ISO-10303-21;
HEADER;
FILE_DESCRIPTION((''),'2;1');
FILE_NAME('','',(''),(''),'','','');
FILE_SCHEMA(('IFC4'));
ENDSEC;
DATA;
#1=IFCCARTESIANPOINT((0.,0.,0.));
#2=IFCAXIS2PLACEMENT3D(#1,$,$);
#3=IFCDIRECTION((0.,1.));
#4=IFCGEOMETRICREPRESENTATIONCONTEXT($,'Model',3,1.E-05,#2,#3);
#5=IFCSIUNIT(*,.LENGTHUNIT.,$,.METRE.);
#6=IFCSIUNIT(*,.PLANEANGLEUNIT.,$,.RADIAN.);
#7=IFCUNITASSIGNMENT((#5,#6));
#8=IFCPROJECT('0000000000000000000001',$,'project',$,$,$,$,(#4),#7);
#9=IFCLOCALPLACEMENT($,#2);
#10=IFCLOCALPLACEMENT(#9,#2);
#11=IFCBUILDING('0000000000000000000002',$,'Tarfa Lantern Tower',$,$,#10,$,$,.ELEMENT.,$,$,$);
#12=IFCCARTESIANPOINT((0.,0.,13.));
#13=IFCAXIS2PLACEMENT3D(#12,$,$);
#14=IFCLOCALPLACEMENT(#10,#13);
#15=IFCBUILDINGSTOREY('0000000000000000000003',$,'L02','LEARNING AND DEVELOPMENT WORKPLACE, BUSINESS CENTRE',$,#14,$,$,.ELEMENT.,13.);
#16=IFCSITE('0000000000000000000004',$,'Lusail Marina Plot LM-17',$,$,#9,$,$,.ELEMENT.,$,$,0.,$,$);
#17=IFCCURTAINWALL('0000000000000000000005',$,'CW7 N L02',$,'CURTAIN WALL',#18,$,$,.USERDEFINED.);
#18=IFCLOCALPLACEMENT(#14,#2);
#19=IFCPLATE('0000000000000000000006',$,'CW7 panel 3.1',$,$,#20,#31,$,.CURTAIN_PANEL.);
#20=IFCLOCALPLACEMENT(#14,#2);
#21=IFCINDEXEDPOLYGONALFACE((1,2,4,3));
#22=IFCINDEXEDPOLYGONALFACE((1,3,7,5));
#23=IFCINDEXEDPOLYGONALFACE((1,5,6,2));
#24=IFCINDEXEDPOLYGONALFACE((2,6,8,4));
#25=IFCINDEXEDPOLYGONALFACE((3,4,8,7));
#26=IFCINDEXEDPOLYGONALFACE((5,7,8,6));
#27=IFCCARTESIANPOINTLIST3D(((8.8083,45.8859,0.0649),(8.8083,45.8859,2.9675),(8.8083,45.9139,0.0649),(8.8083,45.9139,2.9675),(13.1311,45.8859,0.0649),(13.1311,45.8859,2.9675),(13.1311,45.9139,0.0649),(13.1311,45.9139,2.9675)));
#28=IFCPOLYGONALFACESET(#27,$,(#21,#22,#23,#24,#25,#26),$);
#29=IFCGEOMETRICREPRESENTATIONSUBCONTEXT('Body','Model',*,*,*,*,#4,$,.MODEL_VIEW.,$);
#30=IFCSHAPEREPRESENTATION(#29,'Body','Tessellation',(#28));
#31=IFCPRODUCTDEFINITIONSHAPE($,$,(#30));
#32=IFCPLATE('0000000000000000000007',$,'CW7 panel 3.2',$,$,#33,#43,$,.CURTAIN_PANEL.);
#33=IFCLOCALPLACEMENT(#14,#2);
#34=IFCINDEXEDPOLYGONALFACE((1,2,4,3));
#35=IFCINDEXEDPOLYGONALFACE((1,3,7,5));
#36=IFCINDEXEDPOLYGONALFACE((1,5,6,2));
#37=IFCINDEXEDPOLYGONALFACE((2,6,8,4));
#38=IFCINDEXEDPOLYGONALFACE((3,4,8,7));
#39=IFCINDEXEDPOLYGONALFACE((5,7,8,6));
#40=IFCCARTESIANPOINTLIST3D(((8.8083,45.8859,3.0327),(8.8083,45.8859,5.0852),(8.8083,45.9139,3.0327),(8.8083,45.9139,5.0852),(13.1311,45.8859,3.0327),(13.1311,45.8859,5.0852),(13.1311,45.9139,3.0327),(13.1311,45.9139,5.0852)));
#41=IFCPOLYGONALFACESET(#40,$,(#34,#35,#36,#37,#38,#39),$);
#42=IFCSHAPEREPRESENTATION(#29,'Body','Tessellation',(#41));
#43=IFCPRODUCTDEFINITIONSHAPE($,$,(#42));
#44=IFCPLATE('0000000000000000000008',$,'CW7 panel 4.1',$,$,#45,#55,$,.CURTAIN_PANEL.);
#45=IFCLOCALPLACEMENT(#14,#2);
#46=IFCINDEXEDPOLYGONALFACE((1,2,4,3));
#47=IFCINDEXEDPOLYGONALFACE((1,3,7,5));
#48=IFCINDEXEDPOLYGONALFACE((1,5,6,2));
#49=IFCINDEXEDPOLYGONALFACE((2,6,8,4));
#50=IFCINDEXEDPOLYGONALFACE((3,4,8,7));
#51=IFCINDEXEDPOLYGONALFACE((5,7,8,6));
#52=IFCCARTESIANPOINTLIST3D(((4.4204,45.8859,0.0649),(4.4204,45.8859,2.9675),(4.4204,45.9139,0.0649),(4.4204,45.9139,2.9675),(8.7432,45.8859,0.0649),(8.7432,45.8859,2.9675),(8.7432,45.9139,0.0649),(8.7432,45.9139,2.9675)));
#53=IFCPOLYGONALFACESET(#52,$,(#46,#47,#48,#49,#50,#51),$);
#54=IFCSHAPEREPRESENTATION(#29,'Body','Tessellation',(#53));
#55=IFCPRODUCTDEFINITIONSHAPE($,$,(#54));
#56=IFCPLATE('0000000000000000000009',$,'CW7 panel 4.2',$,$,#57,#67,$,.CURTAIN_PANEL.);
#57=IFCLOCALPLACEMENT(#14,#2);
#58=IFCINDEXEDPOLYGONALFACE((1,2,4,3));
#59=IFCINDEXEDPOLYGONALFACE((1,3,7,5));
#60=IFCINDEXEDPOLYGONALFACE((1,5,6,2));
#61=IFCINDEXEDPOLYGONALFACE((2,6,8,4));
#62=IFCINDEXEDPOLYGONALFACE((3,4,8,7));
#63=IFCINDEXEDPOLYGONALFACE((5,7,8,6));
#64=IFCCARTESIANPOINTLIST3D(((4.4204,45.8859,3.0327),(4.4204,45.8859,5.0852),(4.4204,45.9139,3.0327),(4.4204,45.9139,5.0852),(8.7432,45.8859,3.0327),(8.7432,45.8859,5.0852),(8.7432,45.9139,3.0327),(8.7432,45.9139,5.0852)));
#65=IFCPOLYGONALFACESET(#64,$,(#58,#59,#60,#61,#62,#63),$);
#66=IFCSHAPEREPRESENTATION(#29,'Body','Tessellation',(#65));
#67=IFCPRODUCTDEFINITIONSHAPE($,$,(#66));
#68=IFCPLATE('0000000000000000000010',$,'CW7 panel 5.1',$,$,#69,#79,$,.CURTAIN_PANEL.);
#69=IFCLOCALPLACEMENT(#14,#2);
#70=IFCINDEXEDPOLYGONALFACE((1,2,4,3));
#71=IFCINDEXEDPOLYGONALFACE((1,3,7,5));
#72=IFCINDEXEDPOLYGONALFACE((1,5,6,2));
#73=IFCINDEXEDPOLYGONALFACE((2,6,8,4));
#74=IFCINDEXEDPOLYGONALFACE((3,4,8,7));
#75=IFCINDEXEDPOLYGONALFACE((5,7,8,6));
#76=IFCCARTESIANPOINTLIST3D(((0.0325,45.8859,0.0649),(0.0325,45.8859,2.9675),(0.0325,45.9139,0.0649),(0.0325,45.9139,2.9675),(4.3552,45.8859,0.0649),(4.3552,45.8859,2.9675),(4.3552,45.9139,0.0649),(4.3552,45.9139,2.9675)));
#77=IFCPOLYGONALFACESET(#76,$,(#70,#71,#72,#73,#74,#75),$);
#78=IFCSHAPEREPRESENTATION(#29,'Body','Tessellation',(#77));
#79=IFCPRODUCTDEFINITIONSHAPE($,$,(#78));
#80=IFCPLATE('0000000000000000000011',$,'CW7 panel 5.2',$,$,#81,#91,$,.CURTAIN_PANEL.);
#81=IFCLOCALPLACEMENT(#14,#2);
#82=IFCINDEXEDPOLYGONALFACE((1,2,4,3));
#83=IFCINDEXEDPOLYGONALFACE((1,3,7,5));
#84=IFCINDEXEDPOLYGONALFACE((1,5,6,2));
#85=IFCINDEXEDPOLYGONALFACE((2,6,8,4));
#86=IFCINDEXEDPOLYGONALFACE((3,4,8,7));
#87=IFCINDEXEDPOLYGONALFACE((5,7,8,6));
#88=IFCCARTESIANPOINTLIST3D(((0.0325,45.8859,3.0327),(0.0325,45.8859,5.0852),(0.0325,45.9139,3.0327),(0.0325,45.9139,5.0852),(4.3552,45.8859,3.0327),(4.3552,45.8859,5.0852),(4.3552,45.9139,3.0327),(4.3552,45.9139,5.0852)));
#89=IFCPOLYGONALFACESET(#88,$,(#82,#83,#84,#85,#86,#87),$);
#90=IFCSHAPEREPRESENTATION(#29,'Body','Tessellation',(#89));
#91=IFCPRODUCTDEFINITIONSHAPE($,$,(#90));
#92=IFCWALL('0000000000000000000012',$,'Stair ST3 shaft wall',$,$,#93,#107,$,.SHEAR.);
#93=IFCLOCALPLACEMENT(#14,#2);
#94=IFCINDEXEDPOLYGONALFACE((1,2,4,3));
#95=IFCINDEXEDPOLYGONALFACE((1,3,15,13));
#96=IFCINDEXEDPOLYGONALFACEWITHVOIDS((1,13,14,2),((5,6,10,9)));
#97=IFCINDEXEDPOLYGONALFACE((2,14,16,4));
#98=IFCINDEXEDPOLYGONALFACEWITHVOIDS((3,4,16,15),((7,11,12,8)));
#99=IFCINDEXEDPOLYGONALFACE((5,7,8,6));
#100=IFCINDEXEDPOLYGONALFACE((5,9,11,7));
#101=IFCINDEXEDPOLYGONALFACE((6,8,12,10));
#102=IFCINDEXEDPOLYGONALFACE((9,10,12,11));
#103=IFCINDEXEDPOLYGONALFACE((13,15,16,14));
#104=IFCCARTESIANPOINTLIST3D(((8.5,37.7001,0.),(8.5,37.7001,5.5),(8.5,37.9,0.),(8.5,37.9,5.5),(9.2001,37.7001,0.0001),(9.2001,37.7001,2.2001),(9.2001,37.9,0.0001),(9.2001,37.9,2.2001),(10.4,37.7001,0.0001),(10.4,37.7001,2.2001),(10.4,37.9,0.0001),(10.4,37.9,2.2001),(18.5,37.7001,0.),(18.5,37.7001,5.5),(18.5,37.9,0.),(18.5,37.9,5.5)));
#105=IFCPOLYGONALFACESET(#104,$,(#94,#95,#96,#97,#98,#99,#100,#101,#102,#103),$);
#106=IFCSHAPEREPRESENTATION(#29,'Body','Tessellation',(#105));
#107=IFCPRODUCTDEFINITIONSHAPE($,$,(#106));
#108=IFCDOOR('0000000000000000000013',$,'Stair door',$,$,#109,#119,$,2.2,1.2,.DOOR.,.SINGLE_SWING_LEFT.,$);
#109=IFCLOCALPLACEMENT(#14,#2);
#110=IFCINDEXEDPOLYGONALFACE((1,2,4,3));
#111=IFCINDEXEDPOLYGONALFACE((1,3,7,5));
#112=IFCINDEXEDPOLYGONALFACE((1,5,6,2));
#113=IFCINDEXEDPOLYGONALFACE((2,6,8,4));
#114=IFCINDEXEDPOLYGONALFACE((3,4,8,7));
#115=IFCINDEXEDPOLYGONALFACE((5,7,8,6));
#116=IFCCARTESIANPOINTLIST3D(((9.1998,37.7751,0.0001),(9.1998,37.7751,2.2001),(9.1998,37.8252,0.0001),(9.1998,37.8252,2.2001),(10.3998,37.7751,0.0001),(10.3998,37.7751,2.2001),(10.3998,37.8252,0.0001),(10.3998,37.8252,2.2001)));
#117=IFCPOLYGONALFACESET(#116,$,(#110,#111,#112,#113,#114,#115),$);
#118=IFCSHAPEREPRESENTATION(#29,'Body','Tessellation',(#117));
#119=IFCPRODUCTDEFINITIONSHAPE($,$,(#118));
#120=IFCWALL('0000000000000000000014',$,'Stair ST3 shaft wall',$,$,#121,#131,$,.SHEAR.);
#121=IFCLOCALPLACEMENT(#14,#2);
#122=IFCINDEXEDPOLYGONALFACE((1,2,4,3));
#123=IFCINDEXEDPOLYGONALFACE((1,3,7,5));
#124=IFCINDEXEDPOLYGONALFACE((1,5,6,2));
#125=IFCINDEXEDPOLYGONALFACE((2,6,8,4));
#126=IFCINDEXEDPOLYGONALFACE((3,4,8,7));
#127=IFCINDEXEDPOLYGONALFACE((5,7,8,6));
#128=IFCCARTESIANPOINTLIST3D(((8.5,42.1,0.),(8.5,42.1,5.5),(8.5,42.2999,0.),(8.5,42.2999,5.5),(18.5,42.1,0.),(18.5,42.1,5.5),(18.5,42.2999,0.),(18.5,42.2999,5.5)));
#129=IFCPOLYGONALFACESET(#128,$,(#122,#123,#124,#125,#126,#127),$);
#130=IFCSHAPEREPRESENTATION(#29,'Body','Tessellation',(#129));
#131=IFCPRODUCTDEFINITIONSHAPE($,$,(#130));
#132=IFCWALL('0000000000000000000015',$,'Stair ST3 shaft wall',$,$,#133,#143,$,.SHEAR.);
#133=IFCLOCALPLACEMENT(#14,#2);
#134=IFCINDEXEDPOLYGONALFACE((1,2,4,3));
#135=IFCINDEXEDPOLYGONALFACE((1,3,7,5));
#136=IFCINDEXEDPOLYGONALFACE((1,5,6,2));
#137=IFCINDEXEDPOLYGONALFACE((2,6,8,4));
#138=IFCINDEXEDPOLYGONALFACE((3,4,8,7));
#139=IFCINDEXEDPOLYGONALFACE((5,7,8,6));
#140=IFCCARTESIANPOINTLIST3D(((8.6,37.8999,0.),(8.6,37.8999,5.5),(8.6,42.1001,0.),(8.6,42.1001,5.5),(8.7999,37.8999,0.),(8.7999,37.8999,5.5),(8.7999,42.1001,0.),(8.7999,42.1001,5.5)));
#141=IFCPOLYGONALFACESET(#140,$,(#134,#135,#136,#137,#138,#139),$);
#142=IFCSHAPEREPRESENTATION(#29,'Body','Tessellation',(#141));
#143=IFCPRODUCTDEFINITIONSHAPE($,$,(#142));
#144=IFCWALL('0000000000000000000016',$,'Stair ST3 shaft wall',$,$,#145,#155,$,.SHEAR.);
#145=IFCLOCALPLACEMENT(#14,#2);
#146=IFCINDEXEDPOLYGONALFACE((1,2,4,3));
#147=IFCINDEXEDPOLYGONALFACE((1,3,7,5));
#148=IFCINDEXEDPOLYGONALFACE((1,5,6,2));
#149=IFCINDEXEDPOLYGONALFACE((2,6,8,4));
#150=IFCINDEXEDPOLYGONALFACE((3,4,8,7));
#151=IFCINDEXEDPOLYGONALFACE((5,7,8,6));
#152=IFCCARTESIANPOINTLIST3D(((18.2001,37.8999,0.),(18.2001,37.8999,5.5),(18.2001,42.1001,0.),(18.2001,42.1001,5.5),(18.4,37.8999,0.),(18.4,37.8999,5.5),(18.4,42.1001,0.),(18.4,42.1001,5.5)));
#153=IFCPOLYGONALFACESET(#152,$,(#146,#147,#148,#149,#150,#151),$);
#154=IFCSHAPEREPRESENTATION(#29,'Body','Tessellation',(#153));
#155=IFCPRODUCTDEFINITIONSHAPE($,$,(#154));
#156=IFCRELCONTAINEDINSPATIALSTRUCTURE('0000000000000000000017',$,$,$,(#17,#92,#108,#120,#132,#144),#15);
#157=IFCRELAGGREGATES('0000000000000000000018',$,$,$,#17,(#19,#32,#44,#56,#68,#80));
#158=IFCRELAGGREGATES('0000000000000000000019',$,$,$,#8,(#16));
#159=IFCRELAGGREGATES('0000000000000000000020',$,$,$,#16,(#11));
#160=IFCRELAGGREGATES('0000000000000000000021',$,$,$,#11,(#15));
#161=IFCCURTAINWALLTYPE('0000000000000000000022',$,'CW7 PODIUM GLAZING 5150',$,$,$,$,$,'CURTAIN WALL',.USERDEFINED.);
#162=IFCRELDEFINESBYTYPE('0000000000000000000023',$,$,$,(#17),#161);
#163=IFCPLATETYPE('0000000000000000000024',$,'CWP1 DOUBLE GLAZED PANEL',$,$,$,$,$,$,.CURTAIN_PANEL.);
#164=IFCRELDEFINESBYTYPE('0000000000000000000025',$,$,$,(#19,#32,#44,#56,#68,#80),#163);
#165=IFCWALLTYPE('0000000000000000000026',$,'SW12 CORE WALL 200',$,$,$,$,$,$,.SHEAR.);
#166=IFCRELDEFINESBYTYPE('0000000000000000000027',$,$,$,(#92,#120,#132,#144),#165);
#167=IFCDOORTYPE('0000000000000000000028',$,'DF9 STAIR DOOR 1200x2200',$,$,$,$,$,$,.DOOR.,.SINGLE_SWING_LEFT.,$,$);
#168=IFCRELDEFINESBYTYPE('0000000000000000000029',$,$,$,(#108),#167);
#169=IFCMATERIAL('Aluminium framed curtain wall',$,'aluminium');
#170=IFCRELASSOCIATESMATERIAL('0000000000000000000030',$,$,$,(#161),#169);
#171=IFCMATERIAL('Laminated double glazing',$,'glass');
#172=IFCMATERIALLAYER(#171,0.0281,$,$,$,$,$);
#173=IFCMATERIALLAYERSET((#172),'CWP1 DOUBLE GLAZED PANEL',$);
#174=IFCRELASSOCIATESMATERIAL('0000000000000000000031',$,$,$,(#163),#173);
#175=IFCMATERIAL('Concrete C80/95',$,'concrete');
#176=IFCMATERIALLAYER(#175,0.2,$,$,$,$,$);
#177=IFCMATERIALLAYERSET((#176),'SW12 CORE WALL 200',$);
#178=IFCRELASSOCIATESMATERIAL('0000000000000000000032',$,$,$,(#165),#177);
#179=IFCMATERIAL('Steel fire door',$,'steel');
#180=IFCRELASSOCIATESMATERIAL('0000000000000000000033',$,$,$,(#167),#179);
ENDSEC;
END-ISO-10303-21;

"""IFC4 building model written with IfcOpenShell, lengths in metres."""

from ifc_helpers import new_model, si_unit, direction, frame, frame_2d, origin, origin_2d, place, context, subcontext, project, spatial, rectangle, extrude, material, layer, layer_set, type_object, element, fill, aggregate, save


model = new_model("IFC4")

# Units and contexts
model_context = context("Model", 3, precision=1e-05, world=origin(), true_north=direction((0.0, 1.0)))
body_context = subcontext(model_context, "Body", "Model", "MODEL_VIEW")
ifc_project = project(units=[si_unit("LENGTHUNIT", "METRE"), si_unit("PLANEANGLEUNIT", "RADIAN")], contexts=[model_context])

# Site, building, storey
site_placement = place(None, origin())
site = spatial("IfcSite", under=ifc_project, at=site_placement, Name="Lusail Marina Plot LM-17", CompositionType="ELEMENT", RefElevation=0.0)
building_placement = place(site_placement, origin())
building = spatial("IfcBuilding", under=site, at=building_placement, Name="Tarfa Lantern Tower", CompositionType="ELEMENT")
storey_placement = place(building_placement, frame((0.0, 0.0, 13.0)))
storey = spatial("IfcBuildingStorey", under=building, at=storey_placement, Name="L02", Description="LEARNING AND DEVELOPMENT WORKPLACE, BUSINESS CENTRE", CompositionType="ELEMENT", Elevation=13.0)

# Shared definitions
ifc_material_1 = material(Name="Concrete C80/95", Category="concrete")

# Curtain wall
ifc_material_2 = material(Name="Aluminium framed curtain wall", Category="aluminium")
curtain_wall_type = type_object("IfcCurtainWallType", Name="CW7 PODIUM GLAZING 5150", ElementType="CURTAIN WALL", PredefinedType="USERDEFINED", material=ifc_material_2)
curtain_wall_placement = place(storey_placement, origin())
curtain_wall = element("IfcCurtainWall", 1, at=curtain_wall_placement, inside=storey, type_object=curtain_wall_type, Name="CW7 N L02", ObjectType="CURTAIN WALL", PredefinedType="USERDEFINED")

# Plates
ifc_material_3 = material(Name="Laminated double glazing", Category="glass")
ifc_layer_1 = layer(ifc_material_3, 0.0281)
ifc_layer_set_1 = layer_set([ifc_layer_1], Name="CWP1 DOUBLE GLAZED PANEL")
plate_type = type_object("IfcPlateType", Name="CWP1 DOUBLE GLAZED PANEL", PredefinedType="CURTAIN_PANEL", material=ifc_layer_set_1)
plate_1_placement = place(storey_placement, frame((10.9697, 45.8999, 0.0649), z_axis=(0.0, 0.0, 1.0), x_axis=(-1.0, 0.0, 0.0)))
plate_1 = element("IfcPlate", 2, at=plate_1_placement, type_object=plate_type, Name="CW7 panel 3.1", PredefinedType="CURTAIN_PANEL", context=body_context, shape_type="SweptSolid", body=[
    extrude(rectangle(XDim=4.3228, YDim=0.0281, at=origin_2d()), origin(), (0.0, 0.0, 1.0), 2.9026),
])
plate_2_placement = place(storey_placement, frame((10.9697, 45.8999, 3.0327), z_axis=(0.0, 0.0, 1.0), x_axis=(-1.0, 0.0, 0.0)))
plate_2 = element("IfcPlate", 3, at=plate_2_placement, type_object=plate_type, Name="CW7 panel 3.2", PredefinedType="CURTAIN_PANEL", context=body_context, shape_type="SweptSolid", body=[
    extrude(rectangle(XDim=4.3228, YDim=0.0281, at=origin_2d()), origin(), (0.0, 0.0, 1.0), 2.0525),
])
plate_3_placement = place(storey_placement, frame((6.5818, 45.8999, 0.0649), z_axis=(0.0, 0.0, 1.0), x_axis=(-1.0, 0.0, 0.0)))
plate_3 = element("IfcPlate", 4, at=plate_3_placement, type_object=plate_type, Name="CW7 panel 4.1", PredefinedType="CURTAIN_PANEL", context=body_context, shape_type="SweptSolid", body=[
    extrude(rectangle(XDim=4.3228, YDim=0.0281, at=origin_2d()), origin(), (0.0, 0.0, 1.0), 2.9026),
])
plate_4_placement = place(storey_placement, frame((6.5818, 45.8999, 3.0327), z_axis=(0.0, 0.0, 1.0), x_axis=(-1.0, 0.0, 0.0)))
plate_4 = element("IfcPlate", 5, at=plate_4_placement, type_object=plate_type, Name="CW7 panel 4.2", PredefinedType="CURTAIN_PANEL", context=body_context, shape_type="SweptSolid", body=[
    extrude(rectangle(XDim=4.3228, YDim=0.0281, at=origin_2d()), origin(), (0.0, 0.0, 1.0), 2.0525),
])
plate_5_placement = place(storey_placement, frame((2.1938, 45.8999, 0.0649), z_axis=(0.0, 0.0, 1.0), x_axis=(-1.0, 0.0, 0.0)))
plate_5 = element("IfcPlate", 6, at=plate_5_placement, type_object=plate_type, Name="CW7 panel 5.1", PredefinedType="CURTAIN_PANEL", context=body_context, shape_type="SweptSolid", body=[
    extrude(rectangle(XDim=4.3228, YDim=0.0281, at=origin_2d()), origin(), (0.0, 0.0, 1.0), 2.9026),
])
plate_6_placement = place(storey_placement, frame((2.1938, 45.8999, 3.0327), z_axis=(0.0, 0.0, 1.0), x_axis=(-1.0, 0.0, 0.0)))
plate_6 = element("IfcPlate", 7, at=plate_6_placement, type_object=plate_type, Name="CW7 panel 5.2", PredefinedType="CURTAIN_PANEL", context=body_context, shape_type="SweptSolid", body=[
    extrude(rectangle(XDim=4.3228, YDim=0.0281, at=origin_2d()), origin(), (0.0, 0.0, 1.0), 2.0525),
])
aggregate(curtain_wall, [plate_1, plate_2, plate_3, plate_4, plate_5, plate_6])

# Wall, opening, door
ifc_layer_2 = layer(ifc_material_1, 0.2)
ifc_layer_set_2 = layer_set([ifc_layer_2], Name="SW12 CORE WALL 200")
wall_type = type_object("IfcWallType", Name="SW12 CORE WALL 200", PredefinedType="SHEAR", material=ifc_layer_set_2)
wall_1_placement = place(storey_placement, frame((8.5, 37.8, 0.0), z_axis=(0.0, 0.0, 1.0), x_axis=(1.0, 0.0, 0.0)))
wall_1 = element("IfcWall", 8, at=wall_1_placement, inside=storey, type_object=wall_type, Name="Stair ST3 shaft wall", PredefinedType="SHEAR", context=body_context, shape_type="SweptSolid", body=[
    extrude(rectangle(XDim=10.0, YDim=0.2, at=frame_2d((5.0, 0.0))), origin(), (0.0, 0.0, 1.0), 5.5),
])
opening_placement = place(wall_1_placement, frame((0.7, 0.0, 0.0)))
opening = element("IfcOpeningElement", 9, at=opening_placement, cuts=wall_1, PredefinedType="OPENING", context=body_context, shape_type="SweptSolid", body=[
    extrude(rectangle(XDim=1.2, YDim=2.2, at=frame_2d((0.6001, 1.1001))), frame((0.0, 0.1099, 0.0), z_axis=(0.0, -1.0, 0.0), x_axis=(1.0, 0.0, 0.0)), (0.0, 0.0, 1.0), 0.22),
])
ifc_material_4 = material(Name="Steel fire door", Category="steel")
door_type = type_object("IfcDoorType", Name="DF9 STAIR DOOR 1200x2200", OperationType="SINGLE_SWING_LEFT", PredefinedType="DOOR", material=ifc_material_4)
door_placement = place(opening_placement, frame((1.2, 0.0, 0.0), z_axis=(0.0, 0.0, 1.0), x_axis=(-1.0, 0.0, 0.0)))
door = element("IfcDoor", 10, at=door_placement, inside=storey, type_object=door_type, Name="Stair door", OperationType="SINGLE_SWING_LEFT", OverallHeight=2.2, OverallWidth=1.2, PredefinedType="DOOR", context=body_context, shape_type="SweptSolid", body=[
    extrude(rectangle(XDim=1.2, YDim=2.2, at=frame_2d((0.6001, 1.1001))), frame((0.0, 0.0249, 0.0), z_axis=(0.0, -1.0, 0.0), x_axis=(1.0, 0.0, 0.0)), (0.0, 0.0, 1.0), 0.05),
])
fill(opening, door)

# Walls
wall_2_placement = place(storey_placement, frame((18.5, 42.2, 0.0), z_axis=(0.0, 0.0, 1.0), x_axis=(-1.0, 0.0, 0.0)))
element("IfcWall", 11, at=wall_2_placement, inside=storey, type_object=wall_type, Name="Stair ST3 shaft wall", PredefinedType="SHEAR", context=body_context, shape_type="SweptSolid", body=[
    extrude(rectangle(XDim=10.0, YDim=0.2, at=frame_2d((5.0, 0.0))), origin(), (0.0, 0.0, 1.0), 5.5),
])
for number, where, z_axis, x_axis, name in (
    (12, (8.7, 42.1001, 0.0), (0.0, 0.0, 1.0), (0.0, -1.0, 0.0), "Stair ST3 shaft wall"),
    (13, (18.3, 37.8999, 0.0), (0.0, 0.0, 1.0), (0.0, 1.0, 0.0), "Stair ST3 shaft wall"),
):
    element("IfcWall", number, at=place(storey_placement, frame(where, z_axis=z_axis, x_axis=x_axis)), inside=storey, type_object=wall_type, Name=name, PredefinedType="SHEAR", context=body_context, shape_type="SweptSolid", body=[
        extrude(rectangle(XDim=4.2002, YDim=0.2, at=frame_2d((2.1001, 0.0))), origin(), (0.0, 0.0, 1.0), 5.5),
    ])

save(model, "model.ifc")
